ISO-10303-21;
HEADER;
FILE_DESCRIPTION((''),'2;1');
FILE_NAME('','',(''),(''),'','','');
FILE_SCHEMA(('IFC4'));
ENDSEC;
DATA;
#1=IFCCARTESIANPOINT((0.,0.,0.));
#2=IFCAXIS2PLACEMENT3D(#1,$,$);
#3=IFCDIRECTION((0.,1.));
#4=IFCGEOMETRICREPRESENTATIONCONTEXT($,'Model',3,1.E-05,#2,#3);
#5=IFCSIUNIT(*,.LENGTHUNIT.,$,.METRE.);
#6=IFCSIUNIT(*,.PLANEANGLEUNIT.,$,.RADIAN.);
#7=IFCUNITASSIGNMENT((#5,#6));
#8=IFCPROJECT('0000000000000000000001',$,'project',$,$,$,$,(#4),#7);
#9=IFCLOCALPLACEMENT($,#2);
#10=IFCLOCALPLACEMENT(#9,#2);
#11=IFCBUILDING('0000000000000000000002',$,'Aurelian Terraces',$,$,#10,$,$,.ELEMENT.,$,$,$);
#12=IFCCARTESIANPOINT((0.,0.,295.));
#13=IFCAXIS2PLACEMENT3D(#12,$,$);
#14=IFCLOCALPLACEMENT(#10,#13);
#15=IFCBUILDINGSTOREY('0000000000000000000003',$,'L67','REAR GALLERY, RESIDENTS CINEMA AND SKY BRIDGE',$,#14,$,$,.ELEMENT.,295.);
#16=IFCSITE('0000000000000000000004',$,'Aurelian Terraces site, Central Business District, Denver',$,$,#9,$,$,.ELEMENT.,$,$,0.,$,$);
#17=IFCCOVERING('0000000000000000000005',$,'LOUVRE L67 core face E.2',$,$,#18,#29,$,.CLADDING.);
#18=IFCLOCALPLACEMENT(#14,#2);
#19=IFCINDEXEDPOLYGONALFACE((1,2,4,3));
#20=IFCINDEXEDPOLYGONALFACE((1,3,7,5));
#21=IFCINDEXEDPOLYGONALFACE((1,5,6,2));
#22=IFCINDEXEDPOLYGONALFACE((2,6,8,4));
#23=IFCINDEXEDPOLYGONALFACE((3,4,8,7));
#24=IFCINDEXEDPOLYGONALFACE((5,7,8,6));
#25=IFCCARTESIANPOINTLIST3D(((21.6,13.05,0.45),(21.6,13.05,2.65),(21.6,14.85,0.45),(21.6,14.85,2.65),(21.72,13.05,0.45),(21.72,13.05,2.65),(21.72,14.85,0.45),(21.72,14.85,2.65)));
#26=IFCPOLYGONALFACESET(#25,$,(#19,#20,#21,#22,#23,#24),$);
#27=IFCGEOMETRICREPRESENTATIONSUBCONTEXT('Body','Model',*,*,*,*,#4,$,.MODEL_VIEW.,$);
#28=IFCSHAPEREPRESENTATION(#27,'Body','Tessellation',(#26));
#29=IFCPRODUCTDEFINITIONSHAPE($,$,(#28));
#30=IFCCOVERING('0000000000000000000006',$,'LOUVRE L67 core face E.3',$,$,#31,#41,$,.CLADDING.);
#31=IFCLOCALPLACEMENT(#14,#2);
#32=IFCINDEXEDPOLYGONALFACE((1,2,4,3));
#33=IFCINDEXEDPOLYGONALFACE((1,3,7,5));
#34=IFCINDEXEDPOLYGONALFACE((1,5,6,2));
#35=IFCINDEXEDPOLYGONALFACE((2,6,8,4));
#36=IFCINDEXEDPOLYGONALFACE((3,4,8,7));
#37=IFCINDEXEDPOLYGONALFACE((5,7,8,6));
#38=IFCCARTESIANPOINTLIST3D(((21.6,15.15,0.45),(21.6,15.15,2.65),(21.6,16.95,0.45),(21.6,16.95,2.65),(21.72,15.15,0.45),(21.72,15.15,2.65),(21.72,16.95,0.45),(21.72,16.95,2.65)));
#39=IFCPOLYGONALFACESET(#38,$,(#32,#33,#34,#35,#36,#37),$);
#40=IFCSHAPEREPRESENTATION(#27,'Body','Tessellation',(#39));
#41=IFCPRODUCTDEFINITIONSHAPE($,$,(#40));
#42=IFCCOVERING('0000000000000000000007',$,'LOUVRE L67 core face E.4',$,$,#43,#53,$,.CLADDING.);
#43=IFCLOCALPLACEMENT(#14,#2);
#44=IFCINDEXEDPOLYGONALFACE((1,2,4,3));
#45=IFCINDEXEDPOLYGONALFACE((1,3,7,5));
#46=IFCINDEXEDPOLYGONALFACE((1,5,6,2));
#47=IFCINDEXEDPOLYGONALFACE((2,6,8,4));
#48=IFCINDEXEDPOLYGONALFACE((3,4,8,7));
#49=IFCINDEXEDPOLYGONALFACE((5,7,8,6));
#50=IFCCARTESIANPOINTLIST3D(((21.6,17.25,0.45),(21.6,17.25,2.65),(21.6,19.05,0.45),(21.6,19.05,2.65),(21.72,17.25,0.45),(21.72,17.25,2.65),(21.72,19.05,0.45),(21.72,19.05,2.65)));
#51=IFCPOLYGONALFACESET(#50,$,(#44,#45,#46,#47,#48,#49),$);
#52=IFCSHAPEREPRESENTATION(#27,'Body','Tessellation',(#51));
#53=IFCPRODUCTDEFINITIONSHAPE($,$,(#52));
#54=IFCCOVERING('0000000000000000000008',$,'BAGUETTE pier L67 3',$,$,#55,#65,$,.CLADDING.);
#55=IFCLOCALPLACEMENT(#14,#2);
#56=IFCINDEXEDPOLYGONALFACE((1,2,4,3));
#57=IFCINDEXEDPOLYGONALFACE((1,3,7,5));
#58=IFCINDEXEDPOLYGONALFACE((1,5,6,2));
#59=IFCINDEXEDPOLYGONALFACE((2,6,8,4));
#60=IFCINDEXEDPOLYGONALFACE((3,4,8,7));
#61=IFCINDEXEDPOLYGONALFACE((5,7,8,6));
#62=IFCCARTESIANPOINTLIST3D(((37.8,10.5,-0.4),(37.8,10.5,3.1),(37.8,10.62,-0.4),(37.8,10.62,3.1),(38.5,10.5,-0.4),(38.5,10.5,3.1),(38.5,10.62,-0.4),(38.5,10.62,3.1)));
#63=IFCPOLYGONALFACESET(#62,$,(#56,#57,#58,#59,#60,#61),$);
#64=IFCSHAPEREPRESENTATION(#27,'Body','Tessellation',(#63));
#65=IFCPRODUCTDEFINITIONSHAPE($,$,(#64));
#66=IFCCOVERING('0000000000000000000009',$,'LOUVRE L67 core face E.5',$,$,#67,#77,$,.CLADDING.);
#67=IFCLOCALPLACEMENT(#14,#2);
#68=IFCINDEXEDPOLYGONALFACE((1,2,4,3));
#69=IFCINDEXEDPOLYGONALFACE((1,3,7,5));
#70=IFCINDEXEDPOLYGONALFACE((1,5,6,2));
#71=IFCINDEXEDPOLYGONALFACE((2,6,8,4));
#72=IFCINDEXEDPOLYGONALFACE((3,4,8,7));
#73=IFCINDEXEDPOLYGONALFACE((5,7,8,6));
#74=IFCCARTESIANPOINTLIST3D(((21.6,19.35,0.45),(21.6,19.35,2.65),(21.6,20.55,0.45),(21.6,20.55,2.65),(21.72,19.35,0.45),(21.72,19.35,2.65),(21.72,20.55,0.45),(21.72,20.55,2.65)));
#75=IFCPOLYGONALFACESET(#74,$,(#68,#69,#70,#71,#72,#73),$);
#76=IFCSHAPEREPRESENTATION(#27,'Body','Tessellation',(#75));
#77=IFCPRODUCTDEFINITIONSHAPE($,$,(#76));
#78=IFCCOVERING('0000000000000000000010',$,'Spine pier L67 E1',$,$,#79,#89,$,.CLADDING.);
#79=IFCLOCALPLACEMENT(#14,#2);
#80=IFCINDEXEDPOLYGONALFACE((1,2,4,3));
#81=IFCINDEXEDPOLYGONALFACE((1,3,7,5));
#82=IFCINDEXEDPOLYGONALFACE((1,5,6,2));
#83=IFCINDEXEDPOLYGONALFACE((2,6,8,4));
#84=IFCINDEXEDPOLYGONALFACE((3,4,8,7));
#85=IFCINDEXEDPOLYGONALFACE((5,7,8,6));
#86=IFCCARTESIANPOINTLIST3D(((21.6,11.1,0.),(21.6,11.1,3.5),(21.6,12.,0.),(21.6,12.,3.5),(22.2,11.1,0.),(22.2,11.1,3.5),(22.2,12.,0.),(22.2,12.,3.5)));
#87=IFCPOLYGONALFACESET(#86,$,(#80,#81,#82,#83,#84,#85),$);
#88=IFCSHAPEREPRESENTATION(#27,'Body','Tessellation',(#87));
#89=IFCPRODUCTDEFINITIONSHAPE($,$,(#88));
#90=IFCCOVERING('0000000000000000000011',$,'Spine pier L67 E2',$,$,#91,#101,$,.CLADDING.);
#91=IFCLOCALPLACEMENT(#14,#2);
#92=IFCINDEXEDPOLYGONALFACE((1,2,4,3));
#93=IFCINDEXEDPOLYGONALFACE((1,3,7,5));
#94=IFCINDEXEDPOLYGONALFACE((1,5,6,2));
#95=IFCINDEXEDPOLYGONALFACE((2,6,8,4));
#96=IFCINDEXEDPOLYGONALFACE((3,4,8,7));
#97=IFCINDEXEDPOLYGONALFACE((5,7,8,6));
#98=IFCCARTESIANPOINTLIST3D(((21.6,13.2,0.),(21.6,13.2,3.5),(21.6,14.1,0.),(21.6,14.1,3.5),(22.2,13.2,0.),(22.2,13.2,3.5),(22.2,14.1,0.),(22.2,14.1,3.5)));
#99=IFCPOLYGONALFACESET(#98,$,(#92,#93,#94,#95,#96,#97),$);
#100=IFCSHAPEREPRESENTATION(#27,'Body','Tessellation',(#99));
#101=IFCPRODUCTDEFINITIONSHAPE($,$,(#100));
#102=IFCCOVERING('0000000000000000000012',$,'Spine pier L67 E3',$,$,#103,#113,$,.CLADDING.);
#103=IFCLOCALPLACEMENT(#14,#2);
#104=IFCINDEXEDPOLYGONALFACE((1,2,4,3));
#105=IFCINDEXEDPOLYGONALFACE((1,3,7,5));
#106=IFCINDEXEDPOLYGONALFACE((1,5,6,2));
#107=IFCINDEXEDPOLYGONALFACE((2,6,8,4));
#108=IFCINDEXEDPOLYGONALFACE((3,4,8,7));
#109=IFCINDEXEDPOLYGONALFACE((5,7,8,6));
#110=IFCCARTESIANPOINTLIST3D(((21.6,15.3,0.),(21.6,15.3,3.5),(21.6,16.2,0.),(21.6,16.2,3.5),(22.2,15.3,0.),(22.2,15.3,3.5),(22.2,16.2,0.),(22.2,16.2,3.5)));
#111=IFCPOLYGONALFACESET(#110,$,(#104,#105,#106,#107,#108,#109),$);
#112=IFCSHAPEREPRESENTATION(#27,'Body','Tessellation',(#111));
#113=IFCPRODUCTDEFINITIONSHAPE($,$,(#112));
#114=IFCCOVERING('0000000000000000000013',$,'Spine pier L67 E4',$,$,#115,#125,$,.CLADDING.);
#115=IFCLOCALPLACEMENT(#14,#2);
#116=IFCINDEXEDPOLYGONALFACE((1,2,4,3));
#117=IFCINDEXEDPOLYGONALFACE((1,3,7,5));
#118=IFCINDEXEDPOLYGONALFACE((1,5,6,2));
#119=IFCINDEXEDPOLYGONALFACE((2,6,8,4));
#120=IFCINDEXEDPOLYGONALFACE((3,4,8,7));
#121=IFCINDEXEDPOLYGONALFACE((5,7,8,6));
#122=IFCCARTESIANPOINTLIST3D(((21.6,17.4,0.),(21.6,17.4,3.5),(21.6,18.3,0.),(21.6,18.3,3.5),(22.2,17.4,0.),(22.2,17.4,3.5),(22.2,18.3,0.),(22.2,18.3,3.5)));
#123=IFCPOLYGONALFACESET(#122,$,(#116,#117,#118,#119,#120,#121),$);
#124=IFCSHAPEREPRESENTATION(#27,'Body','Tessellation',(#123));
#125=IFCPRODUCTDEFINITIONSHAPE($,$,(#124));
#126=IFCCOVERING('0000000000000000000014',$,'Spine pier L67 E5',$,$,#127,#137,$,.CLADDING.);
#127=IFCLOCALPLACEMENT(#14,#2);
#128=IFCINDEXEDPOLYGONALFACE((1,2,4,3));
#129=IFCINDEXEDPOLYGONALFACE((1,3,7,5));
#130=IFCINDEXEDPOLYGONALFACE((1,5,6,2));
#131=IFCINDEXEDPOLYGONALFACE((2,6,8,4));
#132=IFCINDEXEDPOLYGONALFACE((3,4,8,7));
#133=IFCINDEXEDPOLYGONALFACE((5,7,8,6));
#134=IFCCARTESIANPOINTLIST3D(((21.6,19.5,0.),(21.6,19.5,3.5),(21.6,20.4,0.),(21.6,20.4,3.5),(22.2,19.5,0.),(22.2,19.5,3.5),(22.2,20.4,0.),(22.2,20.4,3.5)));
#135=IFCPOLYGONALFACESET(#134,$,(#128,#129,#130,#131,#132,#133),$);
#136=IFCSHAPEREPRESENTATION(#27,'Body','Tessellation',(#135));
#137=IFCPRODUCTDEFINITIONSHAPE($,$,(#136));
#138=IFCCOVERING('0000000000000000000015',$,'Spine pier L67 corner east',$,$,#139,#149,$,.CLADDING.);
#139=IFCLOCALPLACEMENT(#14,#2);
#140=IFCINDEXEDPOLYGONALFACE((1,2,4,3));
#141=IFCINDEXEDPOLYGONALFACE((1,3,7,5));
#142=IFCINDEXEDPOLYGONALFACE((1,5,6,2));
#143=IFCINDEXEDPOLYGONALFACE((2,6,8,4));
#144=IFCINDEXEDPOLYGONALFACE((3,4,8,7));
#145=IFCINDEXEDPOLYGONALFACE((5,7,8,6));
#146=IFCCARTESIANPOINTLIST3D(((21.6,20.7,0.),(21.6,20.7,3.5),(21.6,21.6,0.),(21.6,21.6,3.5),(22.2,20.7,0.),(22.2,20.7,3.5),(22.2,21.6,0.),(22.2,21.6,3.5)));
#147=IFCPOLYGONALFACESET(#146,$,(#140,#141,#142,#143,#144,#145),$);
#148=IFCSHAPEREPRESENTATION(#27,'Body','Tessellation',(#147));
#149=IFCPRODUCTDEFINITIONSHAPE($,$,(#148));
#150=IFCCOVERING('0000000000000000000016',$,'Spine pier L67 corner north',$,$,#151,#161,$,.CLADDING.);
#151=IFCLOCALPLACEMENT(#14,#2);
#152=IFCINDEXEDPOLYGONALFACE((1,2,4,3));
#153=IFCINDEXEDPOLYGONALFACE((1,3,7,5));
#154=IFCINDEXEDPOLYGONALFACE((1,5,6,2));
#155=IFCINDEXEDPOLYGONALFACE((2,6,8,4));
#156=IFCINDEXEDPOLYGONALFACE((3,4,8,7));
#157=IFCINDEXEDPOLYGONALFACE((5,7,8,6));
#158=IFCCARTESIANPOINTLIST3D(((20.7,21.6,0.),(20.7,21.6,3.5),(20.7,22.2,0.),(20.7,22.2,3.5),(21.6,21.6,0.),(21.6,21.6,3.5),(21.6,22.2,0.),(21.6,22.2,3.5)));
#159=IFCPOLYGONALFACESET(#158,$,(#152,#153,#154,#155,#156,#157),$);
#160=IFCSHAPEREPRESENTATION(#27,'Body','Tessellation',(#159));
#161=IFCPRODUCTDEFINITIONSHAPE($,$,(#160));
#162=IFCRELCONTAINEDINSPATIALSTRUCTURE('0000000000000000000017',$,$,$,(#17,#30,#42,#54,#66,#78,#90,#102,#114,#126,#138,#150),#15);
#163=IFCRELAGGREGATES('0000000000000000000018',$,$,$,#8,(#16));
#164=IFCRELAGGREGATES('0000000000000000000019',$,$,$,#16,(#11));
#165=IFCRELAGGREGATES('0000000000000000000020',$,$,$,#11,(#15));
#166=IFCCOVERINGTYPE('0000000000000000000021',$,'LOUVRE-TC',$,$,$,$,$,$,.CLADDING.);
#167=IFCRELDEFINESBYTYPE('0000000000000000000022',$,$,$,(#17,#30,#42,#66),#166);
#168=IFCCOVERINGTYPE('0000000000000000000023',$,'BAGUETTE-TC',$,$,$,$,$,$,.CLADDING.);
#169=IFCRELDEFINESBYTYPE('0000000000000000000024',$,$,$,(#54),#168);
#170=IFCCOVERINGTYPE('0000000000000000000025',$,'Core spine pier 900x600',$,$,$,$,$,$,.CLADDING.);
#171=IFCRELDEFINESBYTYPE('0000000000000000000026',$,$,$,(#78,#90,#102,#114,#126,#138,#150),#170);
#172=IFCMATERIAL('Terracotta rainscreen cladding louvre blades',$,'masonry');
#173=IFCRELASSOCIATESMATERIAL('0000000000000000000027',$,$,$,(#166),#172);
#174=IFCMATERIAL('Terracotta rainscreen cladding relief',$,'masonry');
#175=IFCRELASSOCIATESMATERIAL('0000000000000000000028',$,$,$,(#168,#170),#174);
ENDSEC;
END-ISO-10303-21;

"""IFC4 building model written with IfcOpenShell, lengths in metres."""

from ifc_helpers import new_model, si_unit, direction, frame, origin, origin_2d, place, context, subcontext, project, spatial, rectangle, extrude, source, transform, mapped, material, type_object, element, save


model = new_model("IFC4")

# Units and contexts
model_context = context("Model", 3, precision=1e-05, world=origin(), true_north=direction((0.0, 1.0)))
body_context = subcontext(model_context, "Body", "Model", "MODEL_VIEW")
ifc_project = project(units=[si_unit("LENGTHUNIT", "METRE"), si_unit("PLANEANGLEUNIT", "RADIAN")], contexts=[model_context])

# Site, building, storey
site_placement = place(None, origin())
site = spatial("IfcSite", under=ifc_project, at=site_placement, Name="Aurelian Terraces site, Central Business District, Denver", CompositionType="ELEMENT", RefElevation=0.0)
building_placement = place(site_placement, origin())
building = spatial("IfcBuilding", under=site, at=building_placement, Name="Aurelian Terraces", CompositionType="ELEMENT")
storey_placement = place(building_placement, frame((0.0, 0.0, 295.0)))
storey = spatial("IfcBuildingStorey", under=building, at=storey_placement, Name="L67", Description="REAR GALLERY, RESIDENTS CINEMA AND SKY BRIDGE", CompositionType="ELEMENT", Elevation=295.0)

# Coverings
ifc_material_1 = material(Name="Terracotta rainscreen cladding louvre blades", Category="masonry")
covering_type_1 = type_object("IfcCoveringType", Name="LOUVRE-TC", PredefinedType="CLADDING", material=ifc_material_1)
shared_shape_1 = source(origin(), body_context, "Body", "SweptSolid", [
    extrude(rectangle(XDim=0.12, YDim=1.8, at=origin_2d()), origin(), (0.0, 0.0, 1.0), 2.2),
])
for number, where, z_axis, x_axis, name in (
    (1, (21.66, 13.95, 0.45), (0.0, 0.0, 1.0), (1.0, 0.0, 0.0), "LOUVRE L67 core face E.2"),
    (2, (21.66, 16.05, 0.45), (0.0, 0.0, 1.0), (1.0, 0.0, 0.0), "LOUVRE L67 core face E.3"),
    (3, (21.66, 18.15, 0.45), (0.0, 0.0, 1.0), (1.0, 0.0, 0.0), "LOUVRE L67 core face E.4"),
):
    element("IfcCovering", number, at=place(storey_placement, frame(where, z_axis=z_axis, x_axis=x_axis)), inside=storey, type_object=covering_type_1, Name=name, PredefinedType="CLADDING", context=body_context, shape_type="MappedRepresentation", body=[
        mapped(shared_shape_1, transform((0.0, 0.0, 0.0), scale=1.0)),
    ])
ifc_material_2 = material(Name="Terracotta rainscreen cladding relief", Category="masonry")
covering_type_2 = type_object("IfcCoveringType", Name="BAGUETTE-TC", PredefinedType="CLADDING", material=ifc_material_2)
shared_shape_2 = source(origin(), body_context, "Body", "SweptSolid", [
    extrude(rectangle(XDim=0.7, YDim=0.12, at=origin_2d()), origin(), (0.0, 0.0, 1.0), 3.5),
])
covering_1_placement = place(storey_placement, frame((38.15, 10.56, -0.4), z_axis=(0.0, 0.0, 1.0), x_axis=(1.0, 0.0, 0.0)))
element("IfcCovering", 4, at=covering_1_placement, inside=storey, type_object=covering_type_2, Name="BAGUETTE pier L67 3", PredefinedType="CLADDING", context=body_context, shape_type="MappedRepresentation", body=[
    mapped(shared_shape_2, transform((0.0, 0.0, 0.0), scale=1.0)),
])
shared_shape_3 = source(origin(), body_context, "Body", "SweptSolid", [
    extrude(rectangle(XDim=0.12, YDim=1.2, at=origin_2d()), origin(), (0.0, 0.0, 1.0), 2.2),
])
covering_2_placement = place(storey_placement, frame((21.66, 19.95, 0.45), z_axis=(0.0, 0.0, 1.0), x_axis=(1.0, 0.0, 0.0)))
element("IfcCovering", 5, at=covering_2_placement, inside=storey, type_object=covering_type_1, Name="LOUVRE L67 core face E.5", PredefinedType="CLADDING", context=body_context, shape_type="MappedRepresentation", body=[
    mapped(shared_shape_3, transform((0.0, 0.0, 0.0), scale=1.0)),
])
covering_type_3 = type_object("IfcCoveringType", Name="Core spine pier 900x600", PredefinedType="CLADDING", material=ifc_material_2)
shared_shape_4 = source(origin(), body_context, "Body", "SweptSolid", [
    extrude(rectangle(XDim=0.6, YDim=0.9, at=origin_2d()), origin(), (0.0, 0.0, 1.0), 3.5),
])
for number, where, z_axis, x_axis, name in (
    (6, (21.9, 11.55, 0.0), (0.0, 0.0, 1.0), (1.0, 0.0, 0.0), "Spine pier L67 E1"),
    (7, (21.9, 13.65, 0.0), (0.0, 0.0, 1.0), (1.0, 0.0, 0.0), "Spine pier L67 E2"),
    (8, (21.9, 15.75, 0.0), (0.0, 0.0, 1.0), (1.0, 0.0, 0.0), "Spine pier L67 E3"),
    (9, (21.9, 17.85, 0.0), (0.0, 0.0, 1.0), (1.0, 0.0, 0.0), "Spine pier L67 E4"),
    (10, (21.9, 19.95, 0.0), (0.0, 0.0, 1.0), (1.0, 0.0, 0.0), "Spine pier L67 E5"),
    (11, (21.9, 21.15, 0.0), (0.0, 0.0, 1.0), (1.0, 0.0, 0.0), "Spine pier L67 corner east"),
):
    element("IfcCovering", number, at=place(storey_placement, frame(where, z_axis=z_axis, x_axis=x_axis)), inside=storey, type_object=covering_type_3, Name=name, PredefinedType="CLADDING", context=body_context, shape_type="MappedRepresentation", body=[
        mapped(shared_shape_4, transform((0.0, 0.0, 0.0), scale=1.0)),
    ])
shared_shape_5 = source(origin(), body_context, "Body", "SweptSolid", [
    extrude(rectangle(XDim=0.9, YDim=0.6, at=origin_2d()), origin(), (0.0, 0.0, 1.0), 3.5),
])
covering_3_placement = place(storey_placement, frame((21.15, 21.9, 0.0), z_axis=(0.0, 0.0, 1.0), x_axis=(1.0, 0.0, 0.0)))
element("IfcCovering", 12, at=covering_3_placement, inside=storey, type_object=covering_type_3, Name="Spine pier L67 corner north", PredefinedType="CLADDING", context=body_context, shape_type="MappedRepresentation", body=[
    mapped(shared_shape_5, transform((0.0, 0.0, 0.0), scale=1.0)),
])

save(model, "model.ifc")
